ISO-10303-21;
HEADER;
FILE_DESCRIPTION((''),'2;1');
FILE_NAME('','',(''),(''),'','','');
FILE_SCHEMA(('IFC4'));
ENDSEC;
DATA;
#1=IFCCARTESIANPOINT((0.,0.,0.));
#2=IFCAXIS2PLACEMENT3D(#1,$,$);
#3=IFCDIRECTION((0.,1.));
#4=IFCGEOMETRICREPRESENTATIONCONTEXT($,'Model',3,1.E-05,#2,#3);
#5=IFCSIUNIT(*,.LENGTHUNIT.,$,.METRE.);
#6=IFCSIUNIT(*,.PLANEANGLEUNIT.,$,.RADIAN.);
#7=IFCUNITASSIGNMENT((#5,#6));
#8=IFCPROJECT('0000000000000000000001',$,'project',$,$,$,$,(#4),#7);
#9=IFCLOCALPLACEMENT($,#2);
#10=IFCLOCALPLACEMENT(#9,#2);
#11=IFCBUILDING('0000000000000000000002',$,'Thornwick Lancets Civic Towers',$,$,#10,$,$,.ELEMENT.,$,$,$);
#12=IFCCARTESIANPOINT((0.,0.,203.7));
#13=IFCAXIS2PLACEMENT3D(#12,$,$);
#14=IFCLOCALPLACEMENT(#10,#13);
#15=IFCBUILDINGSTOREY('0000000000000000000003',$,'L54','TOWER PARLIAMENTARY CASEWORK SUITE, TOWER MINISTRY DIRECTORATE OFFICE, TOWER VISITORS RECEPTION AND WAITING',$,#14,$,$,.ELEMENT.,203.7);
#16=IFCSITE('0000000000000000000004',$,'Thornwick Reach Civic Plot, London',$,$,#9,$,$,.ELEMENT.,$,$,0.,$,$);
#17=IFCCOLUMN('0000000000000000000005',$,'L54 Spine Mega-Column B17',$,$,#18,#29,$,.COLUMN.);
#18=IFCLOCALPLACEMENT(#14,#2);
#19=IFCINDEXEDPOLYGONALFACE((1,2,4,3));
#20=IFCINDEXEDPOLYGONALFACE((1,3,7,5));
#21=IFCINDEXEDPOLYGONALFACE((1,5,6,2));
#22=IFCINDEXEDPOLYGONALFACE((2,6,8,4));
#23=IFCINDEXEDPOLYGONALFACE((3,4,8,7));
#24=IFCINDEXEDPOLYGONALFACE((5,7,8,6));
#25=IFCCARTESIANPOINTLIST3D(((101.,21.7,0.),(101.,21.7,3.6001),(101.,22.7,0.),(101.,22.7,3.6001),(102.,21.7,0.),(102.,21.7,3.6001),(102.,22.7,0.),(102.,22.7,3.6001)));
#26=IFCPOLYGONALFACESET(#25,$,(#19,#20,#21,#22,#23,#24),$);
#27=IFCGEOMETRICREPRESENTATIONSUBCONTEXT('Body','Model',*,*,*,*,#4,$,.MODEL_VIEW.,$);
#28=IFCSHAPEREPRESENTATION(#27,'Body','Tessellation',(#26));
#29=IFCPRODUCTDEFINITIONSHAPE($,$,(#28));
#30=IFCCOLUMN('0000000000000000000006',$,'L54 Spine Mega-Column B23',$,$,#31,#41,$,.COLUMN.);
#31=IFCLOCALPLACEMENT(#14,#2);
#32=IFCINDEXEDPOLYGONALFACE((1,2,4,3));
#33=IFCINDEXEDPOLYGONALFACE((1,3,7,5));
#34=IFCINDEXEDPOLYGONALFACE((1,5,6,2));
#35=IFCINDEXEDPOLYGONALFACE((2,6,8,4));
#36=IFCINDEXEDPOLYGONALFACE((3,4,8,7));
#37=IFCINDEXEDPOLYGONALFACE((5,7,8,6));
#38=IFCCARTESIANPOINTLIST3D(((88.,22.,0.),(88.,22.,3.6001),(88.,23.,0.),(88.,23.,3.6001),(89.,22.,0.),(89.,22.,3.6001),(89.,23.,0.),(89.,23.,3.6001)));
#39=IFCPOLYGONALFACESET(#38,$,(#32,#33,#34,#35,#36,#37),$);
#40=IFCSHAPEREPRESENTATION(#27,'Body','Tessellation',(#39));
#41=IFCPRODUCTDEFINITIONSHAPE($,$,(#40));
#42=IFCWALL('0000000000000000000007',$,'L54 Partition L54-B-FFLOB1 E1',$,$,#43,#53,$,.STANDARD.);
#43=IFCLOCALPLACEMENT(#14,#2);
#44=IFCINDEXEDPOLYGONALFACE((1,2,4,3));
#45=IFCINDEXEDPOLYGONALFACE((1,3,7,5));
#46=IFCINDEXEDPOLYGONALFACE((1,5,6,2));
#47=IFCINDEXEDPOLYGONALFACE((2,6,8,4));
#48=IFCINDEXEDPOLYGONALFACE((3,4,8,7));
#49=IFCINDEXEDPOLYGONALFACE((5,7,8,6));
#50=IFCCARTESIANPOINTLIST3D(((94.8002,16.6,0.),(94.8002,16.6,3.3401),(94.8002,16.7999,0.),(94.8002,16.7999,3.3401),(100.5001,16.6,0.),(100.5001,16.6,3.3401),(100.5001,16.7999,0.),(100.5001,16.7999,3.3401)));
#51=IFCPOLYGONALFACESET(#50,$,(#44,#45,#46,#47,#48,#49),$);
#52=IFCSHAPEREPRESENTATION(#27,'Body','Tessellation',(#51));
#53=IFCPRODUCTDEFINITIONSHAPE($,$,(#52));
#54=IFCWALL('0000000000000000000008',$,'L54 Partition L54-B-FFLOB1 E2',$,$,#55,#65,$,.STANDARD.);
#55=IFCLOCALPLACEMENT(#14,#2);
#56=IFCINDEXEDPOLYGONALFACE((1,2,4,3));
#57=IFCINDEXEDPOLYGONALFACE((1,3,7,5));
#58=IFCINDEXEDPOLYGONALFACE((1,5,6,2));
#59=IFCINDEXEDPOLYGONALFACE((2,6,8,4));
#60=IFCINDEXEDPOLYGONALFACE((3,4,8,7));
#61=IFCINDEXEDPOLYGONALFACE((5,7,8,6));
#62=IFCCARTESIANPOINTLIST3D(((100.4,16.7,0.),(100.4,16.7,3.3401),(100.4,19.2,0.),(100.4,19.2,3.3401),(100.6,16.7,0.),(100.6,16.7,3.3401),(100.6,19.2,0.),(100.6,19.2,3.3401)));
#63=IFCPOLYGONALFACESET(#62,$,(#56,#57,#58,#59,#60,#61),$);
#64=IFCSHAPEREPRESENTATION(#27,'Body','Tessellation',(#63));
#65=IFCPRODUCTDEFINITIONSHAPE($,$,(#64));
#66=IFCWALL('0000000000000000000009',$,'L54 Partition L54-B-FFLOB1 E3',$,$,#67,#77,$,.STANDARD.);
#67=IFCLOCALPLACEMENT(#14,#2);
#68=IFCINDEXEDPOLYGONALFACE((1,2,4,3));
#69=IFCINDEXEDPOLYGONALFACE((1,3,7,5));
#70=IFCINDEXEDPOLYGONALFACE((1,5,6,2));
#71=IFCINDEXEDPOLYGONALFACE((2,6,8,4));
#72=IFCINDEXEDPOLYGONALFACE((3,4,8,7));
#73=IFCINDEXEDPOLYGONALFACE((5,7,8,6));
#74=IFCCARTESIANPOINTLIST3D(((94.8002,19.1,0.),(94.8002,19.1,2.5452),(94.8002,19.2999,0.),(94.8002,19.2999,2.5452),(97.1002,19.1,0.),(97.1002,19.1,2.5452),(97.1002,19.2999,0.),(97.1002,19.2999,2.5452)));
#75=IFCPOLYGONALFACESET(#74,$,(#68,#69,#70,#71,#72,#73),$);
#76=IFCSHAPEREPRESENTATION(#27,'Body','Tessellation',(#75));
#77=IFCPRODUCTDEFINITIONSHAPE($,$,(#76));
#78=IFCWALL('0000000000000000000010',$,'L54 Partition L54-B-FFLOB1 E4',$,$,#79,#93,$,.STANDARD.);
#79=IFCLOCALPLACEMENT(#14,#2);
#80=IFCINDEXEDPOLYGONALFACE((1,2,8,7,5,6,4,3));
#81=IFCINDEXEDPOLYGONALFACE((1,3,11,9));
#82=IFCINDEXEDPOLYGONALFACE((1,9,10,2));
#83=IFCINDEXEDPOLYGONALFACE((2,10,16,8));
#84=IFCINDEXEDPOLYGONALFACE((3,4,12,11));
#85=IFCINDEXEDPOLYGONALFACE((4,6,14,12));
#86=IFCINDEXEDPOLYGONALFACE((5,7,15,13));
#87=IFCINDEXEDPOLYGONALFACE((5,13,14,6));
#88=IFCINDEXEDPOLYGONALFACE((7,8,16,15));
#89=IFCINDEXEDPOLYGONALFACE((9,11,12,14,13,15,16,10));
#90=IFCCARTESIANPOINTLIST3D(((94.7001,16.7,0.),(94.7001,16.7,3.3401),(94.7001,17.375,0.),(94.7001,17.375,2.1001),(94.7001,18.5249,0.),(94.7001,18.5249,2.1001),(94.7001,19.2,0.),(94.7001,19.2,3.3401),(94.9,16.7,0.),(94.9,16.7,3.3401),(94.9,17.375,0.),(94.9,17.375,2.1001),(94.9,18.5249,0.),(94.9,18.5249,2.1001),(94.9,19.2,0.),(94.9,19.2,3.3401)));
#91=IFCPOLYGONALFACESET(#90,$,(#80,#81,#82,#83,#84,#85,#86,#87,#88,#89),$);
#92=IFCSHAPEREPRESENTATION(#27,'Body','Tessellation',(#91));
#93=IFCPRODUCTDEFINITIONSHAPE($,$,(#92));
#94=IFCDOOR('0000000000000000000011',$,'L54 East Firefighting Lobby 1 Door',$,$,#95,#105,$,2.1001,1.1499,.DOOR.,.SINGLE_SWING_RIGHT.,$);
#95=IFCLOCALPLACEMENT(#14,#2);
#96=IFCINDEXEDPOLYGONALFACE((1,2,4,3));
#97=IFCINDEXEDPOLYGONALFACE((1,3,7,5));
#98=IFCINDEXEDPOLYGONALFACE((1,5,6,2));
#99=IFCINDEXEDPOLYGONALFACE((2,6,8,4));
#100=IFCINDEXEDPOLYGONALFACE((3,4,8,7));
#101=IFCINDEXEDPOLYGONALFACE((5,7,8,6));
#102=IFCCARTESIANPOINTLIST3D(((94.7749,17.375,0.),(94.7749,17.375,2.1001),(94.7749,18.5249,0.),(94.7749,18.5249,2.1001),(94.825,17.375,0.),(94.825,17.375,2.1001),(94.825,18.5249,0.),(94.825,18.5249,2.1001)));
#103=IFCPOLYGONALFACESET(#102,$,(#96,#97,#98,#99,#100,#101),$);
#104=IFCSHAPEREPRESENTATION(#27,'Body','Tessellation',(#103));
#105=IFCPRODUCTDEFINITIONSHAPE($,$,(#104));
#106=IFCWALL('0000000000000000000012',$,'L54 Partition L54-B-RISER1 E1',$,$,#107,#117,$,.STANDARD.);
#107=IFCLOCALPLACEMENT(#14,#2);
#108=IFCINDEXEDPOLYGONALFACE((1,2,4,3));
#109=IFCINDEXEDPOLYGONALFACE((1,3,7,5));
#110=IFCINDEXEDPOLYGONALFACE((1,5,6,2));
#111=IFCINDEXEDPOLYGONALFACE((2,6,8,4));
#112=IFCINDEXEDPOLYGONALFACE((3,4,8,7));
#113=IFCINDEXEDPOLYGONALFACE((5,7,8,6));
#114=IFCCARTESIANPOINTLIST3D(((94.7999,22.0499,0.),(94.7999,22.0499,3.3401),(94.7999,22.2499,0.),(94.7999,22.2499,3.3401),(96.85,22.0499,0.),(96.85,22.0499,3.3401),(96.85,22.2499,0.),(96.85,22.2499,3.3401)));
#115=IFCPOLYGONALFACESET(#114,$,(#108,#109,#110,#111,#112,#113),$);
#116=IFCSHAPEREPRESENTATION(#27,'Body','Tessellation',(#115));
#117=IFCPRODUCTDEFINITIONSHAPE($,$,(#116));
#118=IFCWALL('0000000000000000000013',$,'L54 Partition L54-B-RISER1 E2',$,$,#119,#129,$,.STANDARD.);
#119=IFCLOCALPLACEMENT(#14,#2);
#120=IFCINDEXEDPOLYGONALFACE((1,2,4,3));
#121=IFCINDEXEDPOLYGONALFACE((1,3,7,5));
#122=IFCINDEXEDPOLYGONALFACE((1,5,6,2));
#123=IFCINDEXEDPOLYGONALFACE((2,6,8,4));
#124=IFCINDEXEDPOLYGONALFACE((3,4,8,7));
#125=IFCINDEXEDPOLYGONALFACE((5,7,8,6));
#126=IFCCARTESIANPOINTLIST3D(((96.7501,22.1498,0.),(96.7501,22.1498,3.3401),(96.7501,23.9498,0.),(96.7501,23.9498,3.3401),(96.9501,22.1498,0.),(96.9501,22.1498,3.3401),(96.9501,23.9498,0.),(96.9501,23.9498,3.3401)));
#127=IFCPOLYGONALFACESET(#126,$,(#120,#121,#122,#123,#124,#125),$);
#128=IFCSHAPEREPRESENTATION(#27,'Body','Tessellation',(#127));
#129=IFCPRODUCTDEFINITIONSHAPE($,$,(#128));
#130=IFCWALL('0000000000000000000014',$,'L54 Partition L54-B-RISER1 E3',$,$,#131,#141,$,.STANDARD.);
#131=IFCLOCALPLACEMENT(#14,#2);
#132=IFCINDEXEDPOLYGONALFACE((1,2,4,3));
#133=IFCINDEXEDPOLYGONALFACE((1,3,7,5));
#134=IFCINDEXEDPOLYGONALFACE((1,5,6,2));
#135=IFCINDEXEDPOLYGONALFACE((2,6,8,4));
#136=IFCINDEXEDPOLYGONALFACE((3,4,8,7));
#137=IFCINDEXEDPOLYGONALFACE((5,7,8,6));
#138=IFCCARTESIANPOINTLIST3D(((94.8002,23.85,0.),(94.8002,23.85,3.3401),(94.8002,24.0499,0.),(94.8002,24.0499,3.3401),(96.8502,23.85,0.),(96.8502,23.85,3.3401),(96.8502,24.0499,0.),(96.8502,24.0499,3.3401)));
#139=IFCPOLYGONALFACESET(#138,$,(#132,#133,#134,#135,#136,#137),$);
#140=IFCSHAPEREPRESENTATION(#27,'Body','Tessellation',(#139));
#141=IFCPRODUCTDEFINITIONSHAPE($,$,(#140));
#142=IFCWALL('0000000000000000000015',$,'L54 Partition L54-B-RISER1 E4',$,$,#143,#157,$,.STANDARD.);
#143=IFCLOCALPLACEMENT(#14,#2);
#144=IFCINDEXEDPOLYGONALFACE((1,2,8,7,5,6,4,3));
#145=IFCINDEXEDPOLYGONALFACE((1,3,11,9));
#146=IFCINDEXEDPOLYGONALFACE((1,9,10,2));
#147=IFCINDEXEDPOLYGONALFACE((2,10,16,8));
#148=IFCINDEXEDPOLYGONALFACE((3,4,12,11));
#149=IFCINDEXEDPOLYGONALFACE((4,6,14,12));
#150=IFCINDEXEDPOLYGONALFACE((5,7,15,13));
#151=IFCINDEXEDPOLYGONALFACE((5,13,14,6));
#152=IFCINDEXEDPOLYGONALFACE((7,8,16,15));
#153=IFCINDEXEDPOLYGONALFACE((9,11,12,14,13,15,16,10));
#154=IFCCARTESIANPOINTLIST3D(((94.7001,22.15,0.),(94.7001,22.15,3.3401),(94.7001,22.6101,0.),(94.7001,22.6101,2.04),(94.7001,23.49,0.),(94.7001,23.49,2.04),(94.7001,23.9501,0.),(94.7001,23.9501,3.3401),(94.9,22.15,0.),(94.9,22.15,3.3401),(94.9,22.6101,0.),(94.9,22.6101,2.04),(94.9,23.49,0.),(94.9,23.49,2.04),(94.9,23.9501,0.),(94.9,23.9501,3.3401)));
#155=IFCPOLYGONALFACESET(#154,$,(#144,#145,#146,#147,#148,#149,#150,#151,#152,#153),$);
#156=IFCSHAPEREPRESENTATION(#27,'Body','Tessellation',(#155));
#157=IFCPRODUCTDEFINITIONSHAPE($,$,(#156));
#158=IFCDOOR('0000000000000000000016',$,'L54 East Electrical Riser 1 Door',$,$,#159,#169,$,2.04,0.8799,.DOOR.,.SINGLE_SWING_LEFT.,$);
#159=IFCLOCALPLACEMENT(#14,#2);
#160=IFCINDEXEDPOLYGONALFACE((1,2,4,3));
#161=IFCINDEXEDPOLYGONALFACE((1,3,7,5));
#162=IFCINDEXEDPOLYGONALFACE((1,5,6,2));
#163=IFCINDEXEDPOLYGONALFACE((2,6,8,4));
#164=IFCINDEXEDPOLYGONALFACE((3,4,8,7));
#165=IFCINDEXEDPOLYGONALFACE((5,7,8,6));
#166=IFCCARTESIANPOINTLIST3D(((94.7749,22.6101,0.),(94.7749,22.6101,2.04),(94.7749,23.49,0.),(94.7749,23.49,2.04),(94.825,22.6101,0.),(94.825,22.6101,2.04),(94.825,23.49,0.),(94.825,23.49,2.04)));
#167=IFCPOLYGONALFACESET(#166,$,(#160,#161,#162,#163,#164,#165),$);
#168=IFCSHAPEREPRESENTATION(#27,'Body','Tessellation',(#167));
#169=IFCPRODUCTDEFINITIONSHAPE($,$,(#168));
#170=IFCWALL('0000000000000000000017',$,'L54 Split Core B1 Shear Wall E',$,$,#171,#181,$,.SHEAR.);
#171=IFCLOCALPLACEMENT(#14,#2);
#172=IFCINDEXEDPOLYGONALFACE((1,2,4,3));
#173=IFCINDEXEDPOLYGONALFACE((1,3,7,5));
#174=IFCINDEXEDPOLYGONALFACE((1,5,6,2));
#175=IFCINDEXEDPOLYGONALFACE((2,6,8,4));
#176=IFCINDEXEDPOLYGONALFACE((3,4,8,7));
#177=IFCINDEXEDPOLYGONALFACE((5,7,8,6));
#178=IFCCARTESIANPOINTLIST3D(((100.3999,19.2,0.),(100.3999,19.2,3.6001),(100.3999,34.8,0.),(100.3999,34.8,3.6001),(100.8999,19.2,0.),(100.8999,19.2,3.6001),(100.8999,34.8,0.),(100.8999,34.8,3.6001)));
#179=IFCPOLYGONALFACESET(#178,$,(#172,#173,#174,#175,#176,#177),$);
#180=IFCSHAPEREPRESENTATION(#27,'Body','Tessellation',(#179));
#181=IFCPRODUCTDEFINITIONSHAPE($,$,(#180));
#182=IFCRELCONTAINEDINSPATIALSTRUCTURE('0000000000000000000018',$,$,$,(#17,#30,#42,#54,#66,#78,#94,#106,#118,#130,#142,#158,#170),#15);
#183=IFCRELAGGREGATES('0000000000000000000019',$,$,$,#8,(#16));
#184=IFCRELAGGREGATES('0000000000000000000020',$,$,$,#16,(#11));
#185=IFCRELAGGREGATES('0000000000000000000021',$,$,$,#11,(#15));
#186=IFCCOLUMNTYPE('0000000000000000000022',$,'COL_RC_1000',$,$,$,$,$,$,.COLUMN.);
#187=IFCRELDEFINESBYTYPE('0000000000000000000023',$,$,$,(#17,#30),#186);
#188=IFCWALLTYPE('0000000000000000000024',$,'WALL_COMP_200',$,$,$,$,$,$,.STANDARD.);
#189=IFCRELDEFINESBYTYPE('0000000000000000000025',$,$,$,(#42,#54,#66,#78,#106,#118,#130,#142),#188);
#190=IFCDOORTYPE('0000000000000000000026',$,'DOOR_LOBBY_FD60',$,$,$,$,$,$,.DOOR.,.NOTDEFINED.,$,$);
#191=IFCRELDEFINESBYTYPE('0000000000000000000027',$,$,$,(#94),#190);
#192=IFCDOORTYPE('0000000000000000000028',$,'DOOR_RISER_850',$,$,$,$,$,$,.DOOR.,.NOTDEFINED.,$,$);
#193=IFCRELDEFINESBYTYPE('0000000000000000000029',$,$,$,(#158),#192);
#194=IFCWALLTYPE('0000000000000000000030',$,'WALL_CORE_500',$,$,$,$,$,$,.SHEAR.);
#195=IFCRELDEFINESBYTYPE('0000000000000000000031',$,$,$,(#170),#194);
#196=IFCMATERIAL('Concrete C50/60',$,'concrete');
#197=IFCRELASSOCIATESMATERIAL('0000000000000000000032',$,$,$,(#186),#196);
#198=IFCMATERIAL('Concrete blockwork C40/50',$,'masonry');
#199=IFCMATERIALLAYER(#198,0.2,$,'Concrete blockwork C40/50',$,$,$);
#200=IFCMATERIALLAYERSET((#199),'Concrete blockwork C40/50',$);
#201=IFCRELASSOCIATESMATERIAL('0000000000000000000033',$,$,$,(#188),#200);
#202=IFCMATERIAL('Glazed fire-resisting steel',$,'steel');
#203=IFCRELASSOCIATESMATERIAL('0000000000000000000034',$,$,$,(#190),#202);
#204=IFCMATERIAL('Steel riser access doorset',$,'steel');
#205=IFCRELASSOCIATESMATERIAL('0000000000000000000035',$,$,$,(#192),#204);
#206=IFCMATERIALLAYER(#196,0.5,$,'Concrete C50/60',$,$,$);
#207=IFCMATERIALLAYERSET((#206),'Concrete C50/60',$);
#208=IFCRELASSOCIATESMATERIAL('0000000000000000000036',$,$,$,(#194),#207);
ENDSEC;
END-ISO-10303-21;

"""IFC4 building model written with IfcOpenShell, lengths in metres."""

from ifc_helpers import new_model, si_unit, direction, frame, frame_2d, origin, origin_2d, place, context, subcontext, project, spatial, rectangle, extrude, material, layer, layer_set, material_profile, profile_set, type_object, element, fill, save


model = new_model("IFC4")

# Units and contexts
model_context = context("Model", 3, precision=1e-05, world=origin(), true_north=direction((0.0, 1.0)))
body_context = subcontext(model_context, "Body", "Model", "MODEL_VIEW")
ifc_project = project(units=[si_unit("LENGTHUNIT", "METRE"), si_unit("PLANEANGLEUNIT", "RADIAN")], contexts=[model_context])

# Site, building, storey
site_placement = place(None, origin())
site = spatial("IfcSite", under=ifc_project, at=site_placement, Name="Thornwick Reach Civic Plot, London", CompositionType="ELEMENT", RefElevation=0.0)
building_placement = place(site_placement, origin())
building = spatial("IfcBuilding", under=site, at=building_placement, Name="Thornwick Lancets Civic Towers", CompositionType="ELEMENT")
storey_placement = place(building_placement, frame((0.0, 0.0, 203.7)))
storey = spatial("IfcBuildingStorey", under=building, at=storey_placement, Name="L54", Description="TOWER PARLIAMENTARY CASEWORK SUITE, TOWER MINISTRY DIRECTORATE OFFICE, TOWER VISITORS RECEPTION AND WAITING", CompositionType="ELEMENT", Elevation=203.7)

# Columns
ifc_material_1 = material(Name="Concrete C50/60", Category="concrete")
ifc_material_profile = material_profile(ifc_material_1, rectangle(XDim=1.0, YDim=1.0, at=origin_2d()), Name="RC 1000x1000")
ifc_profile_set = profile_set([ifc_material_profile], Name="Concrete C50/60")
column_type = type_object("IfcColumnType", Name="COL_RC_1000", PredefinedType="COLUMN", material=ifc_profile_set)
for number, where, z_axis, x_axis, name in (
    (1, (101.5, 22.2, 0.0), (0.0, 0.0, 1.0), (1.0, 0.0, 0.0), "L54 Spine Mega-Column B17"),
    (2, (88.5, 22.5, 0.0), (0.0, 0.0, 1.0), (1.0, 0.0, 0.0), "L54 Spine Mega-Column B23"),
):
    element("IfcColumn", number, at=place(storey_placement, frame(where, z_axis=z_axis, x_axis=x_axis)), inside=storey, type_object=column_type, Name=name, PredefinedType="COLUMN", context=body_context, shape_type="SweptSolid", body=[
        extrude(rectangle(XDim=1.0, YDim=1.0, at=origin_2d()), origin(), (0.0, 0.0, 1.0), 3.6001),
    ])

# Walls
ifc_material_2 = material(Name="Concrete blockwork C40/50", Category="masonry")
ifc_layer_1 = layer(ifc_material_2, 0.2, Name="Concrete blockwork C40/50")
ifc_layer_set_1 = layer_set([ifc_layer_1], Name="Concrete blockwork C40/50")
wall_type_1 = type_object("IfcWallType", Name="WALL_COMP_200", PredefinedType="STANDARD", material=ifc_layer_set_1)
wall_1_placement = place(storey_placement, frame((94.8, 16.7, 0.0), z_axis=(0.0, 0.0, 1.0), x_axis=(1.0, 0.0, 0.0)))
element("IfcWall", 3, at=wall_1_placement, inside=storey, type_object=wall_type_1, Name="L54 Partition L54-B-FFLOB1 E1", PredefinedType="STANDARD", context=body_context, shape_type="SweptSolid", body=[
    extrude(rectangle(XDim=5.7, YDim=0.2, at=frame_2d((2.8501, 0.0))), origin(), (0.0, 0.0, 1.0), 3.3401),
])
wall_2_placement = place(storey_placement, frame((100.5, 16.7, 0.0), z_axis=(0.0, 0.0, 1.0), x_axis=(0.0, 1.0, 0.0)))
element("IfcWall", 4, at=wall_2_placement, inside=storey, type_object=wall_type_1, Name="L54 Partition L54-B-FFLOB1 E2", PredefinedType="STANDARD", context=body_context, shape_type="SweptSolid", body=[
    extrude(rectangle(XDim=2.5, YDim=0.2, at=frame_2d((1.25, 0.0))), origin(), (0.0, 0.0, 1.0), 3.3401),
])
wall_3_placement = place(storey_placement, frame((97.1001, 19.2, 0.0), z_axis=(0.0, 0.0, 1.0), x_axis=(-1.0, 0.0, 0.0)))
element("IfcWall", 5, at=wall_3_placement, inside=storey, type_object=wall_type_1, Name="L54 Partition L54-B-FFLOB1 E3", PredefinedType="STANDARD", context=body_context, shape_type="SweptSolid", body=[
    extrude(rectangle(XDim=2.3, YDim=0.2, at=frame_2d((1.1499, 0.0))), origin(), (0.0, 0.0, 1.0), 2.5452),
])

# Wall, opening, door
wall_4_placement = place(storey_placement, frame((94.8, 19.2, 0.0), z_axis=(0.0, 0.0, 1.0), x_axis=(0.0, -1.0, 0.0)))
wall_4 = element("IfcWall", 6, at=wall_4_placement, inside=storey, type_object=wall_type_1, Name="L54 Partition L54-B-FFLOB1 E4", PredefinedType="STANDARD", context=body_context, shape_type="SweptSolid", body=[
    extrude(rectangle(XDim=2.5, YDim=0.2, at=frame_2d((1.25, 0.0))), origin(), (0.0, 0.0, 1.0), 3.3401),
])
opening_1_placement = place(wall_4_placement, frame((0.675, 0.0, 0.0)))
opening_1 = element("IfcOpeningElement", 7, at=opening_1_placement, cuts=wall_4, PredefinedType="OPENING", context=body_context, shape_type="SweptSolid", body=[
    extrude(rectangle(XDim=1.1499, YDim=2.1001, at=frame_2d((0.575, 1.05))), frame((0.0, 0.1099, 0.0), z_axis=(0.0, -1.0, 0.0), x_axis=(1.0, 0.0, 0.0)), (0.0, 0.0, 1.0), 0.22),
])
ifc_material_3 = material(Name="Glazed fire-resisting steel", Category="steel")
door_type_1 = type_object("IfcDoorType", Name="DOOR_LOBBY_FD60", OperationType="NOTDEFINED", PredefinedType="DOOR", material=ifc_material_3)
door_1_placement = place(opening_1_placement, origin())
door_1 = element("IfcDoor", 8, at=door_1_placement, inside=storey, type_object=door_type_1, Name="L54 East Firefighting Lobby 1 Door", OperationType="SINGLE_SWING_RIGHT", OverallHeight=2.1001, OverallWidth=1.1499, PredefinedType="DOOR", context=body_context, shape_type="SweptSolid", body=[
    extrude(rectangle(XDim=1.1499, YDim=2.1001, at=frame_2d((0.575, 1.05))), frame((0.0, 0.0249, 0.0), z_axis=(0.0, -1.0, 0.0), x_axis=(1.0, 0.0, 0.0)), (0.0, 0.0, 1.0), 0.05),
])
fill(opening_1, door_1)

# Walls
wall_5_placement = place(storey_placement, frame((94.8, 22.1499, 0.0), z_axis=(0.0, 0.0, 1.0), x_axis=(1.0, 0.0, 0.0)))
element("IfcWall", 9, at=wall_5_placement, inside=storey, type_object=wall_type_1, Name="L54 Partition L54-B-RISER1 E1", PredefinedType="STANDARD", context=body_context, shape_type="SweptSolid", body=[
    extrude(rectangle(XDim=2.05, YDim=0.2, at=frame_2d((1.0249, 0.0))), origin(), (0.0, 0.0, 1.0), 3.3401),
])
wall_6_placement = place(storey_placement, frame((96.8501, 22.1499, 0.0), z_axis=(0.0, 0.0, 1.0), x_axis=(0.0, 1.0, 0.0)))
element("IfcWall", 10, at=wall_6_placement, inside=storey, type_object=wall_type_1, Name="L54 Partition L54-B-RISER1 E2", PredefinedType="STANDARD", context=body_context, shape_type="SweptSolid", body=[
    extrude(rectangle(XDim=1.8, YDim=0.2, at=frame_2d((0.8999, 0.0))), origin(), (0.0, 0.0, 1.0), 3.3401),
])
wall_7_placement = place(storey_placement, frame((96.8501, 23.95, 0.0), z_axis=(0.0, 0.0, 1.0), x_axis=(-1.0, 0.0, 0.0)))
element("IfcWall", 11, at=wall_7_placement, inside=storey, type_object=wall_type_1, Name="L54 Partition L54-B-RISER1 E3", PredefinedType="STANDARD", context=body_context, shape_type="SweptSolid", body=[
    extrude(rectangle(XDim=2.05, YDim=0.2, at=frame_2d((1.0249, 0.0))), origin(), (0.0, 0.0, 1.0), 3.3401),
])

# Wall, opening, door
wall_8_placement = place(storey_placement, frame((94.8, 23.95, 0.0), z_axis=(0.0, 0.0, 1.0), x_axis=(0.0, -1.0, 0.0)))
wall_8 = element("IfcWall", 12, at=wall_8_placement, inside=storey, type_object=wall_type_1, Name="L54 Partition L54-B-RISER1 E4", PredefinedType="STANDARD", context=body_context, shape_type="SweptSolid", body=[
    extrude(rectangle(XDim=1.8, YDim=0.2, at=frame_2d((0.8999, 0.0))), origin(), (0.0, 0.0, 1.0), 3.3401),
])
opening_2_placement = place(wall_8_placement, frame((0.46, 0.0, 0.0)))
opening_2 = element("IfcOpeningElement", 13, at=opening_2_placement, cuts=wall_8, PredefinedType="OPENING", context=body_context, shape_type="SweptSolid", body=[
    extrude(rectangle(XDim=0.8799, YDim=2.04, at=frame_2d((0.4399, 1.02))), frame((0.0, 0.1099, 0.0), z_axis=(0.0, -1.0, 0.0), x_axis=(1.0, 0.0, 0.0)), (0.0, 0.0, 1.0), 0.22),
])
ifc_material_4 = material(Name="Steel riser access doorset", Category="steel")
door_type_2 = type_object("IfcDoorType", Name="DOOR_RISER_850", OperationType="NOTDEFINED", PredefinedType="DOOR", material=ifc_material_4)
door_2_placement = place(opening_2_placement, origin())
door_2 = element("IfcDoor", 14, at=door_2_placement, inside=storey, type_object=door_type_2, Name="L54 East Electrical Riser 1 Door", OperationType="SINGLE_SWING_LEFT", OverallHeight=2.04, OverallWidth=0.8799, PredefinedType="DOOR", context=body_context, shape_type="SweptSolid", body=[
    extrude(rectangle(XDim=0.8799, YDim=2.04, at=frame_2d((0.4399, 1.02))), frame((0.0, 0.0249, 0.0), z_axis=(0.0, -1.0, 0.0), x_axis=(1.0, 0.0, 0.0)), (0.0, 0.0, 1.0), 0.05),
])
fill(opening_2, door_2)

# Wall
ifc_layer_2 = layer(ifc_material_1, 0.5, Name="Concrete C50/60")
ifc_layer_set_2 = layer_set([ifc_layer_2], Name="Concrete C50/60")
wall_type_2 = type_object("IfcWallType", Name="WALL_CORE_500", PredefinedType="SHEAR", material=ifc_layer_set_2)
wall_9_placement = place(storey_placement, frame((100.6499, 19.2, 0.0), z_axis=(0.0, 0.0, 1.0), x_axis=(0.0, 1.0, 0.0)))
element("IfcWall", 15, at=wall_9_placement, inside=storey, type_object=wall_type_2, Name="L54 Split Core B1 Shear Wall E", PredefinedType="SHEAR", context=body_context, shape_type="SweptSolid", body=[
    extrude(rectangle(XDim=15.6001, YDim=0.5, at=frame_2d((7.8, 0.0))), origin(), (0.0, 0.0, 1.0), 3.6001),
])

save(model, "model.ifc")
